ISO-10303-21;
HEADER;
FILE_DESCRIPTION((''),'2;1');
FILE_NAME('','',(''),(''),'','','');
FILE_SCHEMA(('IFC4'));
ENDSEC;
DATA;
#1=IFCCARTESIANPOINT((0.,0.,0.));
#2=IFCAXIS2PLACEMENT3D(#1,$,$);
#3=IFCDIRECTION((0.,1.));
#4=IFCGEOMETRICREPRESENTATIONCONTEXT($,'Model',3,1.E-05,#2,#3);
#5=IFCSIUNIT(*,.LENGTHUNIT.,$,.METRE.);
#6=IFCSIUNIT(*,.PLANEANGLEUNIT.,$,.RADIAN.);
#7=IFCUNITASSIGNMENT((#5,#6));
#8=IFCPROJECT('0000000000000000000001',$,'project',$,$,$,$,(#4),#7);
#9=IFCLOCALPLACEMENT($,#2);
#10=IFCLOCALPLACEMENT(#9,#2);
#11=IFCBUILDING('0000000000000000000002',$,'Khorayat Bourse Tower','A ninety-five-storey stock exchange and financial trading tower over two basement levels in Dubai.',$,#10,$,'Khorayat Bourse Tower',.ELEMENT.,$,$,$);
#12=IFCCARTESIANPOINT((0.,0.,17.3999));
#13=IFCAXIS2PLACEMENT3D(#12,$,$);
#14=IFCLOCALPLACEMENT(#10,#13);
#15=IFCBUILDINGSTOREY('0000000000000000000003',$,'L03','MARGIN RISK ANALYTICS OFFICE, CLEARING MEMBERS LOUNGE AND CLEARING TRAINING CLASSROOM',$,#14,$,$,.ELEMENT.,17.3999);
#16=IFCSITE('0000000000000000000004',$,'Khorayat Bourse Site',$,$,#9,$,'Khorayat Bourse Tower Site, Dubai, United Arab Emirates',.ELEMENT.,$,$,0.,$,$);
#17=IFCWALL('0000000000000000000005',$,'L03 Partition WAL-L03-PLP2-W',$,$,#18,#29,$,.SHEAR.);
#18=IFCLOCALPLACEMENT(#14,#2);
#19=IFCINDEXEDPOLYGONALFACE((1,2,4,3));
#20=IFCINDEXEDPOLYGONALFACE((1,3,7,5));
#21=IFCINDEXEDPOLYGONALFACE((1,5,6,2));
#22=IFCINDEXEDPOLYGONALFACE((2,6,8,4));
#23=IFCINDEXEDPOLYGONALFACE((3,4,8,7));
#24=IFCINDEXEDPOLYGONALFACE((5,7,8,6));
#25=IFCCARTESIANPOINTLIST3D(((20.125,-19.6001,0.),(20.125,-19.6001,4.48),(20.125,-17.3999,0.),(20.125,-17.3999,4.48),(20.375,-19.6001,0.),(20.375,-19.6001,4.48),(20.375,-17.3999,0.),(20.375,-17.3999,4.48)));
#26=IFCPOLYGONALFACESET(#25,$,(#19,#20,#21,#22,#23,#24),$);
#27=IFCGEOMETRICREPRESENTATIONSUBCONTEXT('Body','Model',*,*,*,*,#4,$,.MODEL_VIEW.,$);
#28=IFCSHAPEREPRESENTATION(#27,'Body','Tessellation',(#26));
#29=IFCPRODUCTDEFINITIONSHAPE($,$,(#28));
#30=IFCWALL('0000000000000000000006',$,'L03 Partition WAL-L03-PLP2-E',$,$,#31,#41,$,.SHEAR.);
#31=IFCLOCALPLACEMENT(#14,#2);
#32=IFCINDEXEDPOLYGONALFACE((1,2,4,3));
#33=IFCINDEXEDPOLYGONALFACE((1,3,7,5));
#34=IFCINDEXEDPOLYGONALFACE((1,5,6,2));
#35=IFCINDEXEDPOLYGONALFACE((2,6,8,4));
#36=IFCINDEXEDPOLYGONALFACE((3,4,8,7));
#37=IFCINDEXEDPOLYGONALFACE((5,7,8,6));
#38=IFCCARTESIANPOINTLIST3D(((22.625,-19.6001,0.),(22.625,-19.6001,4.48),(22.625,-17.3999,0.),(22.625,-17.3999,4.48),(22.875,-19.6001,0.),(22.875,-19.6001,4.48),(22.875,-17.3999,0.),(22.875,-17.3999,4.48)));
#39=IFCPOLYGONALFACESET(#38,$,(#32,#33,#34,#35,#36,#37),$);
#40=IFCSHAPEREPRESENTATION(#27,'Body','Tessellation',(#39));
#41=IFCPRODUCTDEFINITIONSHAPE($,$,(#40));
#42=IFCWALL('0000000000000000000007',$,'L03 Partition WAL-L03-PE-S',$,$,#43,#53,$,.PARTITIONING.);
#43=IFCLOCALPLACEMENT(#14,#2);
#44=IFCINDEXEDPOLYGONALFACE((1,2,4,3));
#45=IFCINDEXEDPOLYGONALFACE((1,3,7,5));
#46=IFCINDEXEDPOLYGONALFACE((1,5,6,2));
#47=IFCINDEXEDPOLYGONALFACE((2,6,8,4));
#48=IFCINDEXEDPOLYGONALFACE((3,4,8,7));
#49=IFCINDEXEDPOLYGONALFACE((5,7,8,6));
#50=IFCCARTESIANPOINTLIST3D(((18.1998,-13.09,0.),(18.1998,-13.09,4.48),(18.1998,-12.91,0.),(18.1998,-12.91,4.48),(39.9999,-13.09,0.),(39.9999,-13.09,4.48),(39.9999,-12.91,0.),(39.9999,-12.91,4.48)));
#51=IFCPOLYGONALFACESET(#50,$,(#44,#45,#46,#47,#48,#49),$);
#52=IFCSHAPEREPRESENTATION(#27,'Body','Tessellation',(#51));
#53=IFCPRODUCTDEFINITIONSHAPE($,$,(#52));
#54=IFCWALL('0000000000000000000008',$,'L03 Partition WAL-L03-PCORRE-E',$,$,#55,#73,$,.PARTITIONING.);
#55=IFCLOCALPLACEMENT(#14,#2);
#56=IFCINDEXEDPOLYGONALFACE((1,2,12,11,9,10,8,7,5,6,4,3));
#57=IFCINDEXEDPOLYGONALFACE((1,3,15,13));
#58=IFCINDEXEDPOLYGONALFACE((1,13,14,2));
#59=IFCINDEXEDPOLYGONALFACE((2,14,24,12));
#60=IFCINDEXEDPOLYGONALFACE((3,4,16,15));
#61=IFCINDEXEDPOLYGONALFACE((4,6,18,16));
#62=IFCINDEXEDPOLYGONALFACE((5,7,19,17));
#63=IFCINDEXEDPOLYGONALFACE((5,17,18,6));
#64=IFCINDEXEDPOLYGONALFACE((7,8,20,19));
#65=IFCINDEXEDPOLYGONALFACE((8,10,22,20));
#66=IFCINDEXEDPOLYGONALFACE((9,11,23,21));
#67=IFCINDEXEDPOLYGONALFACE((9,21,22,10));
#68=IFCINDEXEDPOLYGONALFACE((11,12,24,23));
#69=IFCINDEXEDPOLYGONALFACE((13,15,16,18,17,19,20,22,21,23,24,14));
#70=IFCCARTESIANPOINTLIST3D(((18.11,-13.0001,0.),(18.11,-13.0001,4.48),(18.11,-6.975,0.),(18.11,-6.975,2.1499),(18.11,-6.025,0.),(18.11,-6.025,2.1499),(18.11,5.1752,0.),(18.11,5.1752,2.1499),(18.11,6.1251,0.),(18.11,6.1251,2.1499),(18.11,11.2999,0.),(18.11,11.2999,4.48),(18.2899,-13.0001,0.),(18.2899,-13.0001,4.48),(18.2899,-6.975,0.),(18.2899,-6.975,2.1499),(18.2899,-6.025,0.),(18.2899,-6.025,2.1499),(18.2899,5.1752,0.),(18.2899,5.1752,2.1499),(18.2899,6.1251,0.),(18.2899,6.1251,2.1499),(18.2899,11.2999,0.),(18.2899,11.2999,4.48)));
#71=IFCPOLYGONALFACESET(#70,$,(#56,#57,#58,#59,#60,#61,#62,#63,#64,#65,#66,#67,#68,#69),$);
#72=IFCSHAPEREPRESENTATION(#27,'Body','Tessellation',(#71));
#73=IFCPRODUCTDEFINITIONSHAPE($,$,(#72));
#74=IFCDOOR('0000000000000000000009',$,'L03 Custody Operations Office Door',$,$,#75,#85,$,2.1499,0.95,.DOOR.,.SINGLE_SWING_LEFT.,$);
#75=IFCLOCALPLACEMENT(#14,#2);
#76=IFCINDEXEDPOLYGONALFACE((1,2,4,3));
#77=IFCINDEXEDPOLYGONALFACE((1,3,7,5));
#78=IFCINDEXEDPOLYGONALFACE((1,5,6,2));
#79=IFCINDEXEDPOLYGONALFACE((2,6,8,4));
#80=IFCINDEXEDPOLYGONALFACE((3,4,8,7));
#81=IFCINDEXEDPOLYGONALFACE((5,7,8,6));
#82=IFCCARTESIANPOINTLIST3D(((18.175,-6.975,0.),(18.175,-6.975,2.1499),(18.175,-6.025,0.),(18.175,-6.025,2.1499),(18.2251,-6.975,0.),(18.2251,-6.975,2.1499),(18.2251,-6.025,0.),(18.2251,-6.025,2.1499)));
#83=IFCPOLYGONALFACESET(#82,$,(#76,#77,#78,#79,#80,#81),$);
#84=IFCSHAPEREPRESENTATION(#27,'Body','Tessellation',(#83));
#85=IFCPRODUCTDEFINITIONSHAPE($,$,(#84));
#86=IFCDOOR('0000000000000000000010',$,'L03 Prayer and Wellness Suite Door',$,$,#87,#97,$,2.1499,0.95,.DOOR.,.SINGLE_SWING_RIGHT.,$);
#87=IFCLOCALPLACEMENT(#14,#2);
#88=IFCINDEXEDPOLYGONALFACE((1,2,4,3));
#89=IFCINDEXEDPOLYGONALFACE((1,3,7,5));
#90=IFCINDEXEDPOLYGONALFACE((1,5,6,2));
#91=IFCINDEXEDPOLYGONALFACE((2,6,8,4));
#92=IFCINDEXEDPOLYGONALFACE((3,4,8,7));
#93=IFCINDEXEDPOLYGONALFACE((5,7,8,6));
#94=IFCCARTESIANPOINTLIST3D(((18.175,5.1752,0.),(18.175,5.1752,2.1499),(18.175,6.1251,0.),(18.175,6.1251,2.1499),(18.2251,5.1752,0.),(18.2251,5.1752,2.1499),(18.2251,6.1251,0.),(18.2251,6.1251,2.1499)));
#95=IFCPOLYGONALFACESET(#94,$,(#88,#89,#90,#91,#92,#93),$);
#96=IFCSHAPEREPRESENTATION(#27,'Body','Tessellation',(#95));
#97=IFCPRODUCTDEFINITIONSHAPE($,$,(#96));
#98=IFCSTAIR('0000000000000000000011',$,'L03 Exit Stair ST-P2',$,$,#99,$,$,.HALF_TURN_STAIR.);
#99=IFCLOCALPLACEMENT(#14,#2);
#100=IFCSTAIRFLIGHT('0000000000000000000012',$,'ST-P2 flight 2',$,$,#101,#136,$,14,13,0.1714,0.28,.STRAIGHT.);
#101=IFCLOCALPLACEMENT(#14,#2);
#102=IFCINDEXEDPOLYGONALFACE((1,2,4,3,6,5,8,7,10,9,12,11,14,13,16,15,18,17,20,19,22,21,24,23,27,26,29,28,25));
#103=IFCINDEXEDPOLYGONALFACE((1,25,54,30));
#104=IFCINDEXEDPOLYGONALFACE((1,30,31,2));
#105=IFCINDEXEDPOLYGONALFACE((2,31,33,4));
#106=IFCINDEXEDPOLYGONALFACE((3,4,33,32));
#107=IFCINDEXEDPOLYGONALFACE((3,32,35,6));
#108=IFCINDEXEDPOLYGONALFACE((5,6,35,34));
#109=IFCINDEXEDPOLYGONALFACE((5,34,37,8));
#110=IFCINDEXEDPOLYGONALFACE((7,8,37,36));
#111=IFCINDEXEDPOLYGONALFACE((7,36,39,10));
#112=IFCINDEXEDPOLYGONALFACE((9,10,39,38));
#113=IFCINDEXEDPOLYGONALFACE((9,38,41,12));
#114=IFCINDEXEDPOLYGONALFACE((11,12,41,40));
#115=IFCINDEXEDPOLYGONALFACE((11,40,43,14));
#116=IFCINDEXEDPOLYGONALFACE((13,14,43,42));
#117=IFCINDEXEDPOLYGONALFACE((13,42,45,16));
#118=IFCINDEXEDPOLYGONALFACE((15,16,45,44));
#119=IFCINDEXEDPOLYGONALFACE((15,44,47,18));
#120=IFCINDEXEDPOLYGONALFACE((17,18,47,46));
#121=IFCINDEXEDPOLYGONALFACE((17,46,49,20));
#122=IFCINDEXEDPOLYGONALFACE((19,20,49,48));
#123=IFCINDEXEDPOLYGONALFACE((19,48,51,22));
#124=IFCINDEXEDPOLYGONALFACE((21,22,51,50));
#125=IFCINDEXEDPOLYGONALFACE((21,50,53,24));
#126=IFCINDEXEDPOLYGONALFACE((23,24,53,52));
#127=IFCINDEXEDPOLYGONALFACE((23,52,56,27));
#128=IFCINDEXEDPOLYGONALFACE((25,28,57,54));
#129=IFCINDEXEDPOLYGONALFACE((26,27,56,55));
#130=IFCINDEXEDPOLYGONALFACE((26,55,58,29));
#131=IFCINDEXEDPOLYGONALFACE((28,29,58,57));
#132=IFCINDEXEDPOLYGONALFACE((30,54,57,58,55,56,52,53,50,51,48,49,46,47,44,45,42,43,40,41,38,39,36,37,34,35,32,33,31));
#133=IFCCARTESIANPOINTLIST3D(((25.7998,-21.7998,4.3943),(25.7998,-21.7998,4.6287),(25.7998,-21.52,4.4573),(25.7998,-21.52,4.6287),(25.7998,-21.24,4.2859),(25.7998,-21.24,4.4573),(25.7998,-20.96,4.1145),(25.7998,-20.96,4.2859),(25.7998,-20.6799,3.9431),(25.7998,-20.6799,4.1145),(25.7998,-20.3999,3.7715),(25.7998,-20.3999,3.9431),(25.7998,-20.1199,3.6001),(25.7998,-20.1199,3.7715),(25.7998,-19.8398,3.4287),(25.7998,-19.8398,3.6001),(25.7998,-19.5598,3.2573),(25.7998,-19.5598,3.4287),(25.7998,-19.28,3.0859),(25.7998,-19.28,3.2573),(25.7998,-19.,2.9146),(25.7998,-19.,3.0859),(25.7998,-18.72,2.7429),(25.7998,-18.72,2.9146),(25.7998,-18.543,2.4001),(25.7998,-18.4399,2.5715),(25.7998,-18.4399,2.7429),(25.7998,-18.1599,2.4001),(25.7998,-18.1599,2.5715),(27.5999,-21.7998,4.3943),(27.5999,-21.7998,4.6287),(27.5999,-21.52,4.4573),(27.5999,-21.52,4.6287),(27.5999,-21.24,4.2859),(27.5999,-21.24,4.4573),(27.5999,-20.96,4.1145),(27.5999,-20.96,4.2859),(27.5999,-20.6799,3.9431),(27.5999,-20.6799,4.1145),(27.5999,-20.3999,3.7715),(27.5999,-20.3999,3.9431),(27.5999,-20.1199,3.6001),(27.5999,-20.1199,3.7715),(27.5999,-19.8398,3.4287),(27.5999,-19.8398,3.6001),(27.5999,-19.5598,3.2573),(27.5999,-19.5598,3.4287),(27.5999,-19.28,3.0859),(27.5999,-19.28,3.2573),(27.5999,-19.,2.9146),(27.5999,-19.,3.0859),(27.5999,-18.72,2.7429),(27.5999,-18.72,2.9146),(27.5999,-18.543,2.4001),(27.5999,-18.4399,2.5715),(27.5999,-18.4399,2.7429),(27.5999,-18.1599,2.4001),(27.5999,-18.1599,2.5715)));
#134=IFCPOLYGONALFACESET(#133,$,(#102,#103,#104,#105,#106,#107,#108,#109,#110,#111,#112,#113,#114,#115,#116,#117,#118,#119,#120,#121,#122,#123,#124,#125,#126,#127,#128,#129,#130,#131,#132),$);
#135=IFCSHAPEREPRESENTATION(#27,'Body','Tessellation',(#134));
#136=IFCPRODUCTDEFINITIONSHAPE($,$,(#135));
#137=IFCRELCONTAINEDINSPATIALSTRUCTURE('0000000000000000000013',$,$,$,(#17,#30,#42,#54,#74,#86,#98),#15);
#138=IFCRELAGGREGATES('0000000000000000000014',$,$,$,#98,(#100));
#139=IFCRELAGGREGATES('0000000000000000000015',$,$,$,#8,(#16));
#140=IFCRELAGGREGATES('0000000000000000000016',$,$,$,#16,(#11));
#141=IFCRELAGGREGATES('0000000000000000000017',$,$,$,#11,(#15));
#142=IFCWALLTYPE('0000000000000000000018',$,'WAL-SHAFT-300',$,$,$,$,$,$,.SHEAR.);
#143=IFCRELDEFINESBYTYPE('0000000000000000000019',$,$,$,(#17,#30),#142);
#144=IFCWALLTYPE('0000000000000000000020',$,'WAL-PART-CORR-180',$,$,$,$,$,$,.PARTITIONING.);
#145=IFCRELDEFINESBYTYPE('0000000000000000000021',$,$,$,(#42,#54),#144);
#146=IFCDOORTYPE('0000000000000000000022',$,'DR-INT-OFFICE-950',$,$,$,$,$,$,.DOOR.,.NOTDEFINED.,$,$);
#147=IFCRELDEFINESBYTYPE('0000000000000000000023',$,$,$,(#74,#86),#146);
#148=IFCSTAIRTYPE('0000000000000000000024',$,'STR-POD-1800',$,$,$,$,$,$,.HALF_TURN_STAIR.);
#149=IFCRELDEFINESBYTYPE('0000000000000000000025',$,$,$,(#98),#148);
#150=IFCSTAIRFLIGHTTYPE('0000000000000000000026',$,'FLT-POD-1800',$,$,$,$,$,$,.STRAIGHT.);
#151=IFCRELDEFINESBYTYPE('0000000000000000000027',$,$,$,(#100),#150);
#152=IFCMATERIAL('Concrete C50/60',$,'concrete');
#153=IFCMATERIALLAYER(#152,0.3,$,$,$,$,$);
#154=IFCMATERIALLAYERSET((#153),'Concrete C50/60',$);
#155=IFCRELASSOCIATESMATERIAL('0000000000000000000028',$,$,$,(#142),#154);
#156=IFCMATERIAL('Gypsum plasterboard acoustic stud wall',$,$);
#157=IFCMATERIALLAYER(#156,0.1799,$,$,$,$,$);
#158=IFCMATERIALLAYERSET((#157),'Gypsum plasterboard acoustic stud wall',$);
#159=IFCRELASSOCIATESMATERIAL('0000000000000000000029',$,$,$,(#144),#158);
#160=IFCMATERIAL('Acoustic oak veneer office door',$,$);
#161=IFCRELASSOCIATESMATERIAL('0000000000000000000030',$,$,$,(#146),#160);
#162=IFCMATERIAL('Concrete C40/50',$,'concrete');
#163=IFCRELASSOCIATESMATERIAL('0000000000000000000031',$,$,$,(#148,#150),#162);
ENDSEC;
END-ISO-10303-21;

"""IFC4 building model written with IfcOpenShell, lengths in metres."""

from ifc_helpers import new_model, si_unit, direction, frame, frame_2d, origin, place, context, subcontext, project, spatial, polyline, rectangle, outline, extrude, source, transform, mapped, material, layer, layer_set, type_object, element, fill, aggregate, save


model = new_model("IFC4")

# Units and contexts
model_context = context("Model", 3, precision=1e-05, world=origin(), true_north=direction((0.0, 1.0)))
body_context = subcontext(model_context, "Body", "Model", "MODEL_VIEW")
ifc_project = project(units=[si_unit("LENGTHUNIT", "METRE"), si_unit("PLANEANGLEUNIT", "RADIAN")], contexts=[model_context])

# Site, building, storey
site_placement = place(None, origin())
site = spatial("IfcSite", under=ifc_project, at=site_placement, Name="Khorayat Bourse Site", LongName="Khorayat Bourse Tower Site, Dubai, United Arab Emirates", CompositionType="ELEMENT", RefElevation=0.0)
building_placement = place(site_placement, origin())
building = spatial("IfcBuilding", under=site, at=building_placement, Name="Khorayat Bourse Tower", Description="A ninety-five-storey stock exchange and financial trading tower over two basement levels in Dubai.", LongName="Khorayat Bourse Tower", CompositionType="ELEMENT")
storey_placement = place(building_placement, frame((0.0, 0.0, 17.3999)))
storey = spatial("IfcBuildingStorey", under=building, at=storey_placement, Name="L03", Description="MARGIN RISK ANALYTICS OFFICE, CLEARING MEMBERS LOUNGE AND CLEARING TRAINING CLASSROOM", CompositionType="ELEMENT", Elevation=17.3999)

# Shared definitions
ifc_material_1 = material(Name="Concrete C50/60", Category="concrete")
ifc_layer_1 = layer(ifc_material_1, 0.3)
ifc_layer_set_1 = layer_set([ifc_layer_1], Name="Concrete C50/60")
wall_type_1 = type_object("IfcWallType", Name="WAL-SHAFT-300", PredefinedType="SHEAR", material=ifc_layer_set_1)

# Walls
shared_shape_1 = source(origin(), body_context, "Body", "SweptSolid", [
    extrude(rectangle(XDim=2.2002, YDim=0.25, at=frame_2d((1.1001, 0.0))), origin(), (0.0, 0.0, 1.0), 4.48),
])
for number, where, z_axis, x_axis, name in (
    (1, (20.25, -19.6001, 0.0), (0.0, 0.0, 1.0), (0.0, 1.0, 0.0), "L03 Partition WAL-L03-PLP2-W"),
    (2, (22.75, -19.6001, 0.0), (0.0, 0.0, 1.0), (0.0, 1.0, 0.0), "L03 Partition WAL-L03-PLP2-E"),
):
    element("IfcWall", number, at=place(storey_placement, frame(where, z_axis=z_axis, x_axis=x_axis)), inside=storey, type_object=wall_type_1, Name=name, PredefinedType="SHEAR", context=body_context, shape_type="MappedRepresentation", body=[
        mapped(shared_shape_1, transform((0.0, 0.0, 0.0), scale=1.0)),
    ])
ifc_material_2 = material(Name="Gypsum plasterboard acoustic stud wall")
ifc_layer_2 = layer(ifc_material_2, 0.1799)
ifc_layer_set_2 = layer_set([ifc_layer_2], Name="Gypsum plasterboard acoustic stud wall")
wall_type_2 = type_object("IfcWallType", Name="WAL-PART-CORR-180", PredefinedType="PARTITIONING", material=ifc_layer_set_2)
shared_shape_2 = source(origin(), body_context, "Body", "SweptSolid", [
    extrude(rectangle(XDim=21.8, YDim=0.1799, at=frame_2d((10.8999, 0.0))), origin(), (0.0, 0.0, 1.0), 4.48),
])
wall_1_placement = place(storey_placement, frame((18.2, -13.0, 0.0), z_axis=(0.0, 0.0, 1.0), x_axis=(1.0, 0.0, 0.0)))
element("IfcWall", 3, at=wall_1_placement, inside=storey, type_object=wall_type_2, Name="L03 Partition WAL-L03-PE-S", PredefinedType="PARTITIONING", context=body_context, shape_type="MappedRepresentation", body=[
    mapped(shared_shape_2, transform((0.0, 0.0, 0.0), scale=1.0)),
])

# Wall, openings, doors
shared_shape_3 = source(origin(), body_context, "Body", "SweptSolid", [
    extrude(rectangle(XDim=24.3, YDim=0.1799, at=frame_2d((12.1499, 0.0))), origin(), (0.0, 0.0, 1.0), 4.48),
])
wall_2_placement = place(storey_placement, frame((18.2, -13.0, 0.0), z_axis=(0.0, 0.0, 1.0), x_axis=(0.0, 1.0, 0.0)))
wall_2 = element("IfcWall", 4, at=wall_2_placement, inside=storey, type_object=wall_type_2, Name="L03 Partition WAL-L03-PCORRE-E", PredefinedType="PARTITIONING", context=body_context, shape_type="MappedRepresentation", body=[
    mapped(shared_shape_3, transform((0.0, 0.0, 0.0), scale=1.0)),
])
shared_shape_4 = source(origin(), body_context, "Body", "SweptSolid", [
    extrude(rectangle(XDim=0.95, YDim=2.1499, at=frame_2d((0.4751, 1.075))), frame((0.0, 0.0999, 0.0), z_axis=(0.0, -1.0, 0.0), x_axis=(1.0, 0.0, 0.0)), (0.0, 0.0, 1.0), 0.2),
])
opening_1_placement = place(wall_2_placement, frame((6.0249, 0.0, 0.0)))
opening_1 = element("IfcOpeningElement", 5, at=opening_1_placement, cuts=wall_2, PredefinedType="OPENING", context=body_context, shape_type="MappedRepresentation", body=[
    mapped(shared_shape_4, transform((0.0, 0.0, 0.0), scale=1.0)),
])
opening_2_placement = place(wall_2_placement, frame((18.175, 0.0, 0.0)))
opening_2 = element("IfcOpeningElement", 6, at=opening_2_placement, cuts=wall_2, PredefinedType="OPENING", context=body_context, shape_type="MappedRepresentation", body=[
    mapped(shared_shape_4, transform((0.0, 0.0, 0.0), scale=1.0)),
])
ifc_material_3 = material(Name="Acoustic oak veneer office door")
door_type_1 = type_object("IfcDoorType", Name="DR-INT-OFFICE-950", OperationType="NOTDEFINED", PredefinedType="DOOR", material=ifc_material_3)
shared_shape_5 = source(origin(), body_context, "Body", "SweptSolid", [
    extrude(rectangle(XDim=0.95, YDim=2.1499, at=frame_2d((0.4751, 1.075))), frame((0.0, 0.0249, 0.0), z_axis=(0.0, -1.0, 0.0), x_axis=(1.0, 0.0, 0.0)), (0.0, 0.0, 1.0), 0.05),
])
door_1_placement = place(opening_1_placement, origin())
door_1 = element("IfcDoor", 7, at=door_1_placement, inside=storey, type_object=door_type_1, Name="L03 Custody Operations Office Door", OperationType="SINGLE_SWING_LEFT", OverallHeight=2.1499, OverallWidth=0.95, PredefinedType="DOOR", context=body_context, shape_type="MappedRepresentation", body=[
    mapped(shared_shape_5, transform((0.0, 0.0, 0.0), scale=1.0)),
])
fill(opening_1, door_1)
door_2_placement = place(opening_2_placement, origin())
door_2 = element("IfcDoor", 8, at=door_2_placement, inside=storey, type_object=door_type_1, Name="L03 Prayer and Wellness Suite Door", OperationType="SINGLE_SWING_RIGHT", OverallHeight=2.1499, OverallWidth=0.95, PredefinedType="DOOR", context=body_context, shape_type="MappedRepresentation", body=[
    mapped(shared_shape_5, transform((0.0, 0.0, 0.0), scale=1.0)),
])
fill(opening_2, door_2)

# Stair, stair flight
ifc_material_4 = material(Name="Concrete C40/50", Category="concrete")
stair_type = type_object("IfcStairType", Name="STR-POD-1800", PredefinedType="HALF_TURN_STAIR", material=ifc_material_4)
stair_placement = place(storey_placement, origin())
stair = element("IfcStair", 9, at=stair_placement, inside=storey, type_object=stair_type, Name="L03 Exit Stair ST-P2", PredefinedType="HALF_TURN_STAIR")
stair_flight_type = type_object("IfcStairFlightType", Name="FLT-POD-1800", PredefinedType="STRAIGHT", material=ifc_material_4)
shared_shape_6 = source(origin(), body_context, "Body", "SweptSolid", [
    extrude(outline(polyline([(0.0, 0.0), (0.0, 0.1714), (0.28, 0.1714), (0.28, 0.3428), (0.5601, 0.3428), (0.5601, 0.5144), (0.8401, 0.5144), (0.8401, 0.6858), (1.1201, 0.6858), (1.1201, 0.8572), (1.3999, 0.8572), (1.3999, 1.0286), (1.6799, 1.0286), (1.6799, 1.2), (1.96, 1.2), (1.96, 1.3713), (2.24, 1.3713), (2.24, 1.543), (2.52, 1.543), (2.52, 1.7144), (2.8, 1.7144), (2.8, 1.8857), (3.0801, 1.8857), (3.0801, 2.0571), (3.3601, 2.0571), (3.3601, 2.2285), (3.6399, 2.2285), (3.6399, 2.3999), (3.6399, 1.9941), (0.3831, 0.0), (0.0, 0.0)])), frame((0.0, 0.8999, 0.0), z_axis=(0.0, -1.0, 0.0), x_axis=(1.0, 0.0, 0.0)), (0.0, 0.0, 1.0), 1.8),
])
stair_flight_placement = place(storey_placement, frame((26.7, -18.1599, 2.4001), z_axis=(0.0, 0.0, 1.0), x_axis=(0.0, -1.0, 0.0)))
stair_flight = element("IfcStairFlight", 10, at=stair_flight_placement, type_object=stair_flight_type, Name="ST-P2 flight 2", NumberOfRisers=14, NumberOfTreads=13, PredefinedType="STRAIGHT", RiserHeight=0.1714, TreadLength=0.28, context=body_context, shape_type="MappedRepresentation", body=[
    mapped(shared_shape_6, transform((0.0, 0.0, 0.0), scale=1.0)),
])
aggregate(stair, [stair_flight])

save(model, "model.ifc")
